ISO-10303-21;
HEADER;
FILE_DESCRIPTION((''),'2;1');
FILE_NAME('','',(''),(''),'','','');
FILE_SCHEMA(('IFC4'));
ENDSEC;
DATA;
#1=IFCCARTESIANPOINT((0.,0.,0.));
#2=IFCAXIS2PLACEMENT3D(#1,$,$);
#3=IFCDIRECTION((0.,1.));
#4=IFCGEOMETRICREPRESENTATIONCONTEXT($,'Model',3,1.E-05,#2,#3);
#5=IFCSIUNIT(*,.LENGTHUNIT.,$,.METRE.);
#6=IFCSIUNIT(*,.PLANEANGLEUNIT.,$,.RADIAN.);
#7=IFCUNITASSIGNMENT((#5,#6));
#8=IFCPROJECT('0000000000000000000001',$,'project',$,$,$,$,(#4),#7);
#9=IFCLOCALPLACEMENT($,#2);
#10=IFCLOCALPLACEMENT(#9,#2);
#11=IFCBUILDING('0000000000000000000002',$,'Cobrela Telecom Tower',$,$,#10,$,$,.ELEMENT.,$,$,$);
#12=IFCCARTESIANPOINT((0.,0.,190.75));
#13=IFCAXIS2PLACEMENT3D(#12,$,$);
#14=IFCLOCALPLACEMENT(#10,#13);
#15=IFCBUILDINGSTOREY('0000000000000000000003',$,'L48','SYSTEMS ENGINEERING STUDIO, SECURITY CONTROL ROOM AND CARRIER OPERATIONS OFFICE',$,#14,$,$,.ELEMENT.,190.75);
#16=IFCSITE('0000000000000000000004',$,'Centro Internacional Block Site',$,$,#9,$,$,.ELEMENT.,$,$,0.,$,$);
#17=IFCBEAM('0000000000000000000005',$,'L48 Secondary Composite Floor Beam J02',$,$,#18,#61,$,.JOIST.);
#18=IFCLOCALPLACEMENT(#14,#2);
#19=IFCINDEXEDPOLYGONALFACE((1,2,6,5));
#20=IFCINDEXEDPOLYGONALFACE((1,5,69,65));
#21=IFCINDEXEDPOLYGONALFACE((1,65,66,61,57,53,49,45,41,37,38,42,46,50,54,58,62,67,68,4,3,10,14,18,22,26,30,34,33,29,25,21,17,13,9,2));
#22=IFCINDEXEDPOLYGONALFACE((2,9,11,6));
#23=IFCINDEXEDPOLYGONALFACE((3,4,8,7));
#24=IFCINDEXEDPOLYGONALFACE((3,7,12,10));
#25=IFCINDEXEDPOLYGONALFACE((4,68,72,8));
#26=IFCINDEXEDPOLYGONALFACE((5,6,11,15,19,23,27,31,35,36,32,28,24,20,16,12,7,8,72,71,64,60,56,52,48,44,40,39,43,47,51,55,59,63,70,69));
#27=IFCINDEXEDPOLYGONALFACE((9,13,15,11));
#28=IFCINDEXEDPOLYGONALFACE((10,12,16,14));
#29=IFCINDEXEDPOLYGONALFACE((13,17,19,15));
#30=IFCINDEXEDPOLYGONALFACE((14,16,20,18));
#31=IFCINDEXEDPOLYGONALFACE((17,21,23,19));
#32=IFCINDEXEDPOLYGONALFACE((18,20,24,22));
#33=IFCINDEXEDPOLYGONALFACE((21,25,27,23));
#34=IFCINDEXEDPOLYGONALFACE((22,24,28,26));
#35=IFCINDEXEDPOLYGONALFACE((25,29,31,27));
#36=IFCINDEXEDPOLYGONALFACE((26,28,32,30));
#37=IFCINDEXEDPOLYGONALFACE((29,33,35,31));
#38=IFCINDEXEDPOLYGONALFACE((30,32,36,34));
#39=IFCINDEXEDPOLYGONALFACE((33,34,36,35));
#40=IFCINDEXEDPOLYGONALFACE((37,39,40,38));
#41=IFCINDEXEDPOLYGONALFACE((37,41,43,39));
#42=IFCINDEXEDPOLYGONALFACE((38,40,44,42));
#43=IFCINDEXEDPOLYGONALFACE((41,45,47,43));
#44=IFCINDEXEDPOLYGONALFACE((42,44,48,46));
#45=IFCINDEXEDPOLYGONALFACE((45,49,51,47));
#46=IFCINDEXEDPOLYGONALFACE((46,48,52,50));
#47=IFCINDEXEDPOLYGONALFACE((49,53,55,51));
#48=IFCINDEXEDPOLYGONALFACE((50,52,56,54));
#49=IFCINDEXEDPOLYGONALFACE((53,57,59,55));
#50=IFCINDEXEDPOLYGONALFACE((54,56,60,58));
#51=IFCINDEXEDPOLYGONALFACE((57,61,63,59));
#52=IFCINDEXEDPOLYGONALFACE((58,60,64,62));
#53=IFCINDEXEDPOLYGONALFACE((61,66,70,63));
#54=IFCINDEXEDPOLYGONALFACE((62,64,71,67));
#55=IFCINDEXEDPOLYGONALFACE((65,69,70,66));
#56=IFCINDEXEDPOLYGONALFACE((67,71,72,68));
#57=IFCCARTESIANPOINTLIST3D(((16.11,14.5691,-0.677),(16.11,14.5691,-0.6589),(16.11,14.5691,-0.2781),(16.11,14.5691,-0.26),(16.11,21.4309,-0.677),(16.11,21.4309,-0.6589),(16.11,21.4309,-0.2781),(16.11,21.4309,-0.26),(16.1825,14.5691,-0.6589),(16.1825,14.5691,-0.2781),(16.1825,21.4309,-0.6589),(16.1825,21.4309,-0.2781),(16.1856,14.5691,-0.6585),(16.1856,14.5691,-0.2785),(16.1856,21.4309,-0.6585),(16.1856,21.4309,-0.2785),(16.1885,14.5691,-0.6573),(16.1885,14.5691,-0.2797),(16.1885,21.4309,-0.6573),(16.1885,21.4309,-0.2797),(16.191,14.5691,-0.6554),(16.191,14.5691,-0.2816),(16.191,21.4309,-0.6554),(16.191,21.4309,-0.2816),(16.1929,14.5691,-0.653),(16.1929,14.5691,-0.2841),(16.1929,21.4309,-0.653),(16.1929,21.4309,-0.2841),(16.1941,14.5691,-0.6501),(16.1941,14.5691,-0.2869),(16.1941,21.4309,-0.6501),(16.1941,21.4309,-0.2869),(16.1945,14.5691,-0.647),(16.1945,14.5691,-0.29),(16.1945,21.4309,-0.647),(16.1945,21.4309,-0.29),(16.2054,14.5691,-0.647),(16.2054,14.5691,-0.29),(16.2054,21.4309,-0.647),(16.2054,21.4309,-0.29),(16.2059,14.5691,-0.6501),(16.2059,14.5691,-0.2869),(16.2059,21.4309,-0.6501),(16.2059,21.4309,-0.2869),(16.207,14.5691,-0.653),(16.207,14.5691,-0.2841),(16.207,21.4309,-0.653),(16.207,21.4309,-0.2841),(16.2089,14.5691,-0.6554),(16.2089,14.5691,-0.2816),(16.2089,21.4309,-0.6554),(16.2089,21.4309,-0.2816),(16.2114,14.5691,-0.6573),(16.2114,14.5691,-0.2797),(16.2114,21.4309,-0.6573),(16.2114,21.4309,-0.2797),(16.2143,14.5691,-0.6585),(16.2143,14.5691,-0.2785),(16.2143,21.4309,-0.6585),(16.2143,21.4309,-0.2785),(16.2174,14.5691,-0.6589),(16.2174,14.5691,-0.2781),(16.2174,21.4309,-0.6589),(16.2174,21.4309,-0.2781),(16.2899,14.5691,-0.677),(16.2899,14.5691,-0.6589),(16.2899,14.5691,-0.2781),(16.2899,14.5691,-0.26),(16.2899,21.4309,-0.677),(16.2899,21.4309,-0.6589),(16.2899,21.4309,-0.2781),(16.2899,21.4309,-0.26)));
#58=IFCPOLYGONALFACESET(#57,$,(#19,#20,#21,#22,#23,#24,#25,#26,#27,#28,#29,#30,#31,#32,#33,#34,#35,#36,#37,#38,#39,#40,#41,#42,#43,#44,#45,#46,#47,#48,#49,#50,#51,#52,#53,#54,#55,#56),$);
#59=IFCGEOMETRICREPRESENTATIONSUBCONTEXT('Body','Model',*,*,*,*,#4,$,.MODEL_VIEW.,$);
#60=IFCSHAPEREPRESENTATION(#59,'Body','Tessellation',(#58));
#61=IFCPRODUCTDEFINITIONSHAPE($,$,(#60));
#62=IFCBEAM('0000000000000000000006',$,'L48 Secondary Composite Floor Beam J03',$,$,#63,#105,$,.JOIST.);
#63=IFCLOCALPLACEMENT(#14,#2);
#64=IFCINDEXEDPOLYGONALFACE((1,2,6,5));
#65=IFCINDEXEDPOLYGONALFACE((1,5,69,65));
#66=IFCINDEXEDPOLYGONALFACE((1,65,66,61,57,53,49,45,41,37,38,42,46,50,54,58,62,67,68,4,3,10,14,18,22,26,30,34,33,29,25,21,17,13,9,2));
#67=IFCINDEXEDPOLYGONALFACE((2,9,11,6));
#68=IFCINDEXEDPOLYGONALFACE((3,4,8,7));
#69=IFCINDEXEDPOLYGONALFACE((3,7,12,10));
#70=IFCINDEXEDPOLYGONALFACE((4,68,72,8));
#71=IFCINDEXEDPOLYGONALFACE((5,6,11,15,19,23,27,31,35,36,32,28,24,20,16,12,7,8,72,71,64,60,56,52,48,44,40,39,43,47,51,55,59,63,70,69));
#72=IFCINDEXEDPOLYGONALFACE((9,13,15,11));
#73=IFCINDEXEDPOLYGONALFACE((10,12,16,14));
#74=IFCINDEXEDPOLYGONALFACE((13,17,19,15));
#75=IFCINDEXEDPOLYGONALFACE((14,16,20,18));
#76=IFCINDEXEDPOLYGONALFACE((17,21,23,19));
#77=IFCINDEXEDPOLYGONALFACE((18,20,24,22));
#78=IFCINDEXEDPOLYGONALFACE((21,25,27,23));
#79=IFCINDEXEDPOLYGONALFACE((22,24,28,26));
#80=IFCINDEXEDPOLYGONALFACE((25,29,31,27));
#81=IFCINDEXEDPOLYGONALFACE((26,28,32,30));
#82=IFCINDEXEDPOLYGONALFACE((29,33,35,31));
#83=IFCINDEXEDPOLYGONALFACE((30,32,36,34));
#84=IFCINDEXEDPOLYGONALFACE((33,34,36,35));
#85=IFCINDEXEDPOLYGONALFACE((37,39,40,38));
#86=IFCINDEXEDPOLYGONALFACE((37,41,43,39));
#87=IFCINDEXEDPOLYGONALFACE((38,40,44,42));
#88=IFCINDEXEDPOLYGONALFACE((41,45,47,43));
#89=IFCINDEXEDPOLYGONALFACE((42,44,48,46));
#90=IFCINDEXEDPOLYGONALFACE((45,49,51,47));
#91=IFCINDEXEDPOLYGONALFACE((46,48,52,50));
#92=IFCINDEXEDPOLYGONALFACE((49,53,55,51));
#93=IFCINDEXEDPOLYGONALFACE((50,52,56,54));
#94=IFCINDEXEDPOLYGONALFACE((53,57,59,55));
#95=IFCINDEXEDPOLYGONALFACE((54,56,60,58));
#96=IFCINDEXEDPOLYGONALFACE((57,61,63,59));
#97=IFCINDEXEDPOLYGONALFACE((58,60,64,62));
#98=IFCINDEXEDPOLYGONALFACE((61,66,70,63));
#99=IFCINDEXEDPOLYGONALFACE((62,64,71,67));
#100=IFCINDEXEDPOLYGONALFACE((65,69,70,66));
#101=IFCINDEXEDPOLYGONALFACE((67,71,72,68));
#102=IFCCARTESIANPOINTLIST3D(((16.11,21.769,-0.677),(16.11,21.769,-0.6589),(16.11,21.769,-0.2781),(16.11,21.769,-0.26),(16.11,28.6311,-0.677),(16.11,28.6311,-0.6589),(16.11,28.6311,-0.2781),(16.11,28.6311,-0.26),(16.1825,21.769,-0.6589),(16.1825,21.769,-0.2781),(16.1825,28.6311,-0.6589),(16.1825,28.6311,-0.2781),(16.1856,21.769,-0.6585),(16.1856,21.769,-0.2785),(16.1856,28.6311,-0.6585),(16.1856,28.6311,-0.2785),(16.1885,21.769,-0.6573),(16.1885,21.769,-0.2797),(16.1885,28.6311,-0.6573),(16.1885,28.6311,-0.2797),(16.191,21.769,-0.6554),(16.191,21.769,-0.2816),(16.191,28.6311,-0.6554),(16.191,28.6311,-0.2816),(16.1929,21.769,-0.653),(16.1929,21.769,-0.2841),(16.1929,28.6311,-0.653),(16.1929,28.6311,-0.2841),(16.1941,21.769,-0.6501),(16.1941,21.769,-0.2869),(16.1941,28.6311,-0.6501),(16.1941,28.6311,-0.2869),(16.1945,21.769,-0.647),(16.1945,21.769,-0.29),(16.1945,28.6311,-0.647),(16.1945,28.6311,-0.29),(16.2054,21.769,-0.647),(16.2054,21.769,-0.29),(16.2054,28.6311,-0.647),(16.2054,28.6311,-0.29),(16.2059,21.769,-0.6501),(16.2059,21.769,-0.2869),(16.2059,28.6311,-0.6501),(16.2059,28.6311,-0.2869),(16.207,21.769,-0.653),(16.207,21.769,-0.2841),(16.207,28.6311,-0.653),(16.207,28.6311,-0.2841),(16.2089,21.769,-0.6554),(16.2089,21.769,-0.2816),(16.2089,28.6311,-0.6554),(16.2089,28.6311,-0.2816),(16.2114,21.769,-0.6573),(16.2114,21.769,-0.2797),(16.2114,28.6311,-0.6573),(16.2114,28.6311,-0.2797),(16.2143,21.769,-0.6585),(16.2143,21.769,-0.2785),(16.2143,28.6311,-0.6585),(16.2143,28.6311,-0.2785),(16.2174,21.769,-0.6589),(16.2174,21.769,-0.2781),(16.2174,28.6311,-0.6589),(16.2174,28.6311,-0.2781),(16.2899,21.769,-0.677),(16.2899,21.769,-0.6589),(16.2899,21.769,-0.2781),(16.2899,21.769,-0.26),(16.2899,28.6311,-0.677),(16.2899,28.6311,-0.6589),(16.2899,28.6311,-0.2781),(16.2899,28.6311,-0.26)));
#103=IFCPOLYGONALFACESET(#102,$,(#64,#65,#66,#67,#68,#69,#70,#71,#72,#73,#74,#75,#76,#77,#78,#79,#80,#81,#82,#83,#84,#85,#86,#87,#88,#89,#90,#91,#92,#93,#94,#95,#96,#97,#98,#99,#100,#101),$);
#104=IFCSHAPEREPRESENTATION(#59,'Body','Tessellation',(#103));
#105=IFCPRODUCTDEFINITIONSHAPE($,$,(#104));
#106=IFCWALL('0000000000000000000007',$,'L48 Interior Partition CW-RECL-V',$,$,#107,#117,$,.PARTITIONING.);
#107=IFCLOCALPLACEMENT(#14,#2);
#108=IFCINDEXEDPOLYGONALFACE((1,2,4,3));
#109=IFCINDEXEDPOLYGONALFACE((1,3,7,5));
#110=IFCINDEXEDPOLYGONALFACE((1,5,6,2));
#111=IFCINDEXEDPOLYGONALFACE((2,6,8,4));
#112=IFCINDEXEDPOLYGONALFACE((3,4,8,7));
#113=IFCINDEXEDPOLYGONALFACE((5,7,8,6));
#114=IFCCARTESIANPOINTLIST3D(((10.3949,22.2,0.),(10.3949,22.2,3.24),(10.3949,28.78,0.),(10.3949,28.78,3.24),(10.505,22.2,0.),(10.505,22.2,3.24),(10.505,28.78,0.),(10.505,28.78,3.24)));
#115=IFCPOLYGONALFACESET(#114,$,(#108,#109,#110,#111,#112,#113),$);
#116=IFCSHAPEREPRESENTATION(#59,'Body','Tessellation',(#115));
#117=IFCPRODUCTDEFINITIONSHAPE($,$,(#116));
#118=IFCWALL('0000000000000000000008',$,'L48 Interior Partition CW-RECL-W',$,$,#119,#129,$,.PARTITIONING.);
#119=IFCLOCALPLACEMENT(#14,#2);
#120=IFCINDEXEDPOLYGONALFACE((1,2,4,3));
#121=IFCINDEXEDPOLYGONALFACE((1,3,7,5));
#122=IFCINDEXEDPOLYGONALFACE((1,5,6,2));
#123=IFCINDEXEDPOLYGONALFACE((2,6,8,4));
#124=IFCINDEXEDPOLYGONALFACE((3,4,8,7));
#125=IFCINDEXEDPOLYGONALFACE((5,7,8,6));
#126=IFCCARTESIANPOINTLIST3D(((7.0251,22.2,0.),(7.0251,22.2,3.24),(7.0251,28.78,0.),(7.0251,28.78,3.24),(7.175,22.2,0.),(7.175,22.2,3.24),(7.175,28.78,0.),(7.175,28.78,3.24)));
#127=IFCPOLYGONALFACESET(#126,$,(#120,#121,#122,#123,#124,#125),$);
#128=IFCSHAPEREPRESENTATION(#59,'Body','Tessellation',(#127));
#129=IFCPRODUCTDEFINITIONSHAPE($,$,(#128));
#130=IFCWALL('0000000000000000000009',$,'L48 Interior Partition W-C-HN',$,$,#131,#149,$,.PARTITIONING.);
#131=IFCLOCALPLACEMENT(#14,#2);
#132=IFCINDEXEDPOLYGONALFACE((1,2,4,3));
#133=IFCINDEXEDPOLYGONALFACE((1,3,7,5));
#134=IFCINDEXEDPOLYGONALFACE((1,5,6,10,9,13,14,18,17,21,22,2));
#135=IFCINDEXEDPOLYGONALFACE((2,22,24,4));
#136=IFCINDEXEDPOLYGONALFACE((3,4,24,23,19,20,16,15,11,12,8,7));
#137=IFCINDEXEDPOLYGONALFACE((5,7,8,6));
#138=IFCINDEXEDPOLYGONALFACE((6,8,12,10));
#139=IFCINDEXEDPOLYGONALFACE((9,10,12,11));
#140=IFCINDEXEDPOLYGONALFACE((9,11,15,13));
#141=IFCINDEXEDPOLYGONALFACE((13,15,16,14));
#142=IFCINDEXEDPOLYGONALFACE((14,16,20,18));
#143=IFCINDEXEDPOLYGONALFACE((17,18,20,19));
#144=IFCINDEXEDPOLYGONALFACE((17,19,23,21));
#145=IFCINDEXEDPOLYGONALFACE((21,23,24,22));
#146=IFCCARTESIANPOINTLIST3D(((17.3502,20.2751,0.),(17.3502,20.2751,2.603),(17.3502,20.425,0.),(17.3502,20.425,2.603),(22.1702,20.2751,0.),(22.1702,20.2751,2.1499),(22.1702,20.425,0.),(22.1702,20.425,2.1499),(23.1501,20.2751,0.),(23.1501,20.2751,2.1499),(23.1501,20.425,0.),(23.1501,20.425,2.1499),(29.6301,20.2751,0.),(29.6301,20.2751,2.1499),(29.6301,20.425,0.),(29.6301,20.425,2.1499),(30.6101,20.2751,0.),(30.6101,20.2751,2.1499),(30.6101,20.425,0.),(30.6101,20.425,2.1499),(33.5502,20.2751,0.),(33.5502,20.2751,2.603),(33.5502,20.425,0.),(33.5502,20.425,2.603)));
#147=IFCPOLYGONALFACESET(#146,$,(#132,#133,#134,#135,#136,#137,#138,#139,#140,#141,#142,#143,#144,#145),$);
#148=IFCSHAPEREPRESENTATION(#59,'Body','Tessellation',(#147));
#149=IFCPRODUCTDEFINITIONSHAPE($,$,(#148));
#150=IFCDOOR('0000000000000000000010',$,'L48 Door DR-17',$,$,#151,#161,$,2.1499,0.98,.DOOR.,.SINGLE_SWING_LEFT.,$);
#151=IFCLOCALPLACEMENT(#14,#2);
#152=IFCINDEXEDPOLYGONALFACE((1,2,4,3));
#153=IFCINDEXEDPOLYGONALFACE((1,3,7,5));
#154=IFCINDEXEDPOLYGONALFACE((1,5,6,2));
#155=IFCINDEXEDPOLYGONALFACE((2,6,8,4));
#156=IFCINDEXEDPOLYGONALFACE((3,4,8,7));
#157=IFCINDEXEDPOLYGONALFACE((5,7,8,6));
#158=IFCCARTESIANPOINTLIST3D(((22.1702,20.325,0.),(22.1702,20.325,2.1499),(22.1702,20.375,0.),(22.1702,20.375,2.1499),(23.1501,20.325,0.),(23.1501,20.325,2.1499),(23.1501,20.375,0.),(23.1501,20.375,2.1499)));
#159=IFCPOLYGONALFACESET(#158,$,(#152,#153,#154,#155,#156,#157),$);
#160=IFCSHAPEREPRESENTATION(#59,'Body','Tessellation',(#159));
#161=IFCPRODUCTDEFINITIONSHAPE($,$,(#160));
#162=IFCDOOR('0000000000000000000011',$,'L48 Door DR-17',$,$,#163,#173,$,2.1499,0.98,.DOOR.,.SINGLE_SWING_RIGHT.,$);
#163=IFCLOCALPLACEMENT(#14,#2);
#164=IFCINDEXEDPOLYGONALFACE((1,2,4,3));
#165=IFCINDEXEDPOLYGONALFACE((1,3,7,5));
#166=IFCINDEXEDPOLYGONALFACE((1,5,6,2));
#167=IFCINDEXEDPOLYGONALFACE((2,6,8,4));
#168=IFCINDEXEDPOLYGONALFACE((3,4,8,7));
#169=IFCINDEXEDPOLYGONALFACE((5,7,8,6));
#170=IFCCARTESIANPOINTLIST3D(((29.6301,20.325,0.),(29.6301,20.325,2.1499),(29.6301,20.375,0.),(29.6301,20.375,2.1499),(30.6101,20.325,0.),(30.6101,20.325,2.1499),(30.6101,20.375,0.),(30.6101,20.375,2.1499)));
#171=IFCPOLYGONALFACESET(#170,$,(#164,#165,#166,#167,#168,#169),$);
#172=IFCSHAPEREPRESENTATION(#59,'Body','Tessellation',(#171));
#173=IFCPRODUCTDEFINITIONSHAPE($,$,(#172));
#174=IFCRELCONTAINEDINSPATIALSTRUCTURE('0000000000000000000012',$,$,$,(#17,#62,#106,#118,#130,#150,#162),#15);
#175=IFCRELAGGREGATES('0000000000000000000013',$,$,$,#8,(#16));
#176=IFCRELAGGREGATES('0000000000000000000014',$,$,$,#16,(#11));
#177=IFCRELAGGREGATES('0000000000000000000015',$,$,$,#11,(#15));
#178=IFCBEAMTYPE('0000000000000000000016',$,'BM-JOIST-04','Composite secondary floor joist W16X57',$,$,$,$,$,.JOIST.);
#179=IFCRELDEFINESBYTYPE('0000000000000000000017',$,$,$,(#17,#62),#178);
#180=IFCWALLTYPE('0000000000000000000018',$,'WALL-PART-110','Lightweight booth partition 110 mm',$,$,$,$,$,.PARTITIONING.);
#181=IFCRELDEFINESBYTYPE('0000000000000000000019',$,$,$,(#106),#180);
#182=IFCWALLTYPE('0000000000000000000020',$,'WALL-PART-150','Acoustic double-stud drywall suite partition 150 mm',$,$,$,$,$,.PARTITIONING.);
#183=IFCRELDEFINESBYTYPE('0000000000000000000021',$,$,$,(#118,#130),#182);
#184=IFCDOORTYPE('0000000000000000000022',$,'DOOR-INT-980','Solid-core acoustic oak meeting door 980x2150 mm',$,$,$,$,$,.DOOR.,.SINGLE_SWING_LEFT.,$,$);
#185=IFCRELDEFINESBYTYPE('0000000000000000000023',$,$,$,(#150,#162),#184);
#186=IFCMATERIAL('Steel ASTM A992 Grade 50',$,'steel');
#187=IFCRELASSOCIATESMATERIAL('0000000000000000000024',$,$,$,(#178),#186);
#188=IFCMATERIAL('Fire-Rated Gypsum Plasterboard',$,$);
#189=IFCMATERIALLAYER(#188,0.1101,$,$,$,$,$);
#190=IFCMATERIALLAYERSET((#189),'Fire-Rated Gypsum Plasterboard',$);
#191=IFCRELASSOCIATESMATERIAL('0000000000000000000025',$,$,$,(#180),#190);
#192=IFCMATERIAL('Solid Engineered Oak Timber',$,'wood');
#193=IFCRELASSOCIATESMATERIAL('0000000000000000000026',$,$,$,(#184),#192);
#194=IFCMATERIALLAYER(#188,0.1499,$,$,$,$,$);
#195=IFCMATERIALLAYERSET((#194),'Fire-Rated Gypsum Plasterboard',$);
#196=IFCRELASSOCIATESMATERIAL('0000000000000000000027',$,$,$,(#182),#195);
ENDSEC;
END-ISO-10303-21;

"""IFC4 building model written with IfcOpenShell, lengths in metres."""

from ifc_helpers import new_model, si_unit, direction, frame, frame_2d, origin, origin_2d, place, context, subcontext, project, spatial, rectangle, i_section, extrude, material, layer, layer_set, material_profile, profile_set, type_object, element, fill, save


model = new_model("IFC4")

# Units and contexts
model_context = context("Model", 3, precision=1e-05, world=origin(), true_north=direction((0.0, 1.0)))
body_context = subcontext(model_context, "Body", "Model", "MODEL_VIEW")
ifc_project = project(units=[si_unit("LENGTHUNIT", "METRE"), si_unit("PLANEANGLEUNIT", "RADIAN")], contexts=[model_context])

# Site, building, storey
site_placement = place(None, origin())
site = spatial("IfcSite", under=ifc_project, at=site_placement, Name="Centro Internacional Block Site", CompositionType="ELEMENT", RefElevation=0.0)
building_placement = place(site_placement, origin())
building = spatial("IfcBuilding", under=site, at=building_placement, Name="Cobrela Telecom Tower", CompositionType="ELEMENT")
storey_placement = place(building_placement, frame((0.0, 0.0, 190.75)))
storey = spatial("IfcBuildingStorey", under=building, at=storey_placement, Name="L48", Description="SYSTEMS ENGINEERING STUDIO, SECURITY CONTROL ROOM AND CARRIER OPERATIONS OFFICE", CompositionType="ELEMENT", Elevation=190.75)

# Beams
ifc_material_1 = material(Name="Steel ASTM A992 Grade 50", Category="steel")
ifc_material_profile_1 = material_profile(ifc_material_1, i_section(OverallWidth=0.1799, OverallDepth=0.417, WebThickness=0.011, FlangeThickness=0.0181, FilletRadius=0.012, at=origin_2d()), Name="W16X57")
ifc_profile_set_1 = profile_set([ifc_material_profile_1], Name="Steel ASTM A992 Grade 50")
beam_type_1 = type_object("IfcBeamType", Name="BM-JOIST-04", Description="Composite secondary floor joist W16X57", PredefinedType="JOIST", material=ifc_profile_set_1)
beam_1_placement = place(storey_placement, frame((16.2, 14.5691, -0.4685), z_axis=(0.0, 1.0, 0.0), x_axis=(-1.0, 0.0, 0.0)))
element("IfcBeam", 1, at=beam_1_placement, inside=storey, type_object=beam_type_1, Name="L48 Secondary Composite Floor Beam J02", PredefinedType="JOIST", context=body_context, shape_type="SweptSolid", body=[
    extrude(i_section(OverallWidth=0.1799, OverallDepth=0.417, WebThickness=0.011, FlangeThickness=0.0181, FilletRadius=0.012, at=origin_2d()), origin(), (0.0, 0.0, 1.0), 6.8618),
])
beam_2_placement = place(storey_placement, frame((16.2, 21.769, -0.4685), z_axis=(0.0, 1.0, 0.0), x_axis=(-1.0, 0.0, 0.0)))
element("IfcBeam", 2, at=beam_2_placement, inside=storey, type_object=beam_type_1, Name="L48 Secondary Composite Floor Beam J03", PredefinedType="JOIST", context=body_context, shape_type="SweptSolid", body=[
    extrude(i_section(OverallWidth=0.1799, OverallDepth=0.417, WebThickness=0.011, FlangeThickness=0.0181, FilletRadius=0.012, at=origin_2d()), origin(), (0.0, 0.0, 1.0), 6.8621),
])

# Wall
ifc_material_2 = material(Name="Fire-Rated Gypsum Plasterboard")
ifc_layer_1 = layer(ifc_material_2, 0.1101)
ifc_layer_set_1 = layer_set([ifc_layer_1], Name="Fire-Rated Gypsum Plasterboard")
wall_type_1 = type_object("IfcWallType", Name="WALL-PART-110", Description="Lightweight booth partition 110 mm", PredefinedType="PARTITIONING", material=ifc_layer_set_1)
wall_1_placement = place(storey_placement, frame((10.45, 22.2, 0.0), z_axis=(0.0, 0.0, 1.0), x_axis=(0.0, 1.0, 0.0)))
element("IfcWall", 3, at=wall_1_placement, inside=storey, type_object=wall_type_1, Name="L48 Interior Partition CW-RECL-V", PredefinedType="PARTITIONING", context=body_context, shape_type="SweptSolid", body=[
    extrude(rectangle(XDim=6.5801, YDim=0.1101, at=frame_2d((3.29, 0.0))), origin(), (0.0, 0.0, 1.0), 3.24),
])

# Shared definitions
ifc_material_3 = material(Name="Solid Engineered Oak Timber", Category="wood")
door_type_1 = type_object("IfcDoorType", Name="DOOR-INT-980", Description="Solid-core acoustic oak meeting door 980x2150 mm", OperationType="SINGLE_SWING_LEFT", PredefinedType="DOOR", material=ifc_material_3)

# Wall
ifc_layer_2 = layer(ifc_material_2, 0.1499)
ifc_layer_set_2 = layer_set([ifc_layer_2], Name="Fire-Rated Gypsum Plasterboard")
wall_type_2 = type_object("IfcWallType", Name="WALL-PART-150", Description="Acoustic double-stud drywall suite partition 150 mm", PredefinedType="PARTITIONING", material=ifc_layer_set_2)
wall_2_placement = place(storey_placement, frame((7.1001, 22.2, 0.0), z_axis=(0.0, 0.0, 1.0), x_axis=(0.0, 1.0, 0.0)))
element("IfcWall", 4, at=wall_2_placement, inside=storey, type_object=wall_type_2, Name="L48 Interior Partition CW-RECL-W", PredefinedType="PARTITIONING", context=body_context, shape_type="SweptSolid", body=[
    extrude(rectangle(XDim=6.5801, YDim=0.1499, at=frame_2d((3.29, 0.0))), origin(), (0.0, 0.0, 1.0), 3.24),
])

# Wall, openings, doors
wall_3_placement = place(storey_placement, frame((17.3501, 20.3501, 0.0), z_axis=(0.0, 0.0, 1.0), x_axis=(1.0, 0.0, 0.0)))
wall_3 = element("IfcWall", 5, at=wall_3_placement, inside=storey, type_object=wall_type_2, Name="L48 Interior Partition W-C-HN", PredefinedType="PARTITIONING", context=body_context, shape_type="SweptSolid", body=[
    extrude(rectangle(XDim=16.2, YDim=0.1499, at=frame_2d((8.1001, 0.0))), origin(), (0.0, 0.0, 1.0), 2.603),
])
opening_1_placement = place(wall_3_placement, frame((4.8201, 0.0, 0.0)))
opening_1 = element("IfcOpeningElement", 6, at=opening_1_placement, cuts=wall_3, PredefinedType="OPENING", context=body_context, shape_type="SweptSolid", body=[
    extrude(rectangle(XDim=0.98, YDim=2.1499, at=frame_2d((0.49, 1.075))), frame((0.0, 0.0869, 0.0), z_axis=(0.0, -1.0, 0.0), x_axis=(1.0, 0.0, 0.0)), (0.0, 0.0, 1.0), 0.1738),
])
opening_2_placement = place(wall_3_placement, frame((12.28, 0.0, 0.0)))
opening_2 = element("IfcOpeningElement", 7, at=opening_2_placement, cuts=wall_3, PredefinedType="OPENING", context=body_context, shape_type="SweptSolid", body=[
    extrude(rectangle(XDim=0.98, YDim=2.1499, at=frame_2d((0.49, 1.075))), frame((0.0, 0.0869, 0.0), z_axis=(0.0, -1.0, 0.0), x_axis=(1.0, 0.0, 0.0)), (0.0, 0.0, 1.0), 0.1738),
])
door_1_placement = place(opening_1_placement, origin())
door_1 = element("IfcDoor", 8, at=door_1_placement, inside=storey, type_object=door_type_1, Name="L48 Door DR-17", OperationType="SINGLE_SWING_LEFT", OverallHeight=2.1499, OverallWidth=0.98, PredefinedType="DOOR", context=body_context, shape_type="SweptSolid", body=[
    extrude(rectangle(XDim=0.98, YDim=2.1499, at=frame_2d((0.49, 1.075))), frame((0.0, 0.0249, 0.0), z_axis=(0.0, -1.0, 0.0), x_axis=(1.0, 0.0, 0.0)), (0.0, 0.0, 1.0), 0.05),
])
fill(opening_1, door_1)
door_2_placement = place(opening_2_placement, origin())
door_2 = element("IfcDoor", 9, at=door_2_placement, inside=storey, type_object=door_type_1, Name="L48 Door DR-17", OperationType="SINGLE_SWING_RIGHT", OverallHeight=2.1499, OverallWidth=0.98, PredefinedType="DOOR", context=body_context, shape_type="SweptSolid", body=[
    extrude(rectangle(XDim=0.98, YDim=2.1499, at=frame_2d((0.49, 1.075))), frame((0.0, 0.0249, 0.0), z_axis=(0.0, -1.0, 0.0), x_axis=(1.0, 0.0, 0.0)), (0.0, 0.0, 1.0), 0.05),
])
fill(opening_2, door_2)

save(model, "model.ifc")
